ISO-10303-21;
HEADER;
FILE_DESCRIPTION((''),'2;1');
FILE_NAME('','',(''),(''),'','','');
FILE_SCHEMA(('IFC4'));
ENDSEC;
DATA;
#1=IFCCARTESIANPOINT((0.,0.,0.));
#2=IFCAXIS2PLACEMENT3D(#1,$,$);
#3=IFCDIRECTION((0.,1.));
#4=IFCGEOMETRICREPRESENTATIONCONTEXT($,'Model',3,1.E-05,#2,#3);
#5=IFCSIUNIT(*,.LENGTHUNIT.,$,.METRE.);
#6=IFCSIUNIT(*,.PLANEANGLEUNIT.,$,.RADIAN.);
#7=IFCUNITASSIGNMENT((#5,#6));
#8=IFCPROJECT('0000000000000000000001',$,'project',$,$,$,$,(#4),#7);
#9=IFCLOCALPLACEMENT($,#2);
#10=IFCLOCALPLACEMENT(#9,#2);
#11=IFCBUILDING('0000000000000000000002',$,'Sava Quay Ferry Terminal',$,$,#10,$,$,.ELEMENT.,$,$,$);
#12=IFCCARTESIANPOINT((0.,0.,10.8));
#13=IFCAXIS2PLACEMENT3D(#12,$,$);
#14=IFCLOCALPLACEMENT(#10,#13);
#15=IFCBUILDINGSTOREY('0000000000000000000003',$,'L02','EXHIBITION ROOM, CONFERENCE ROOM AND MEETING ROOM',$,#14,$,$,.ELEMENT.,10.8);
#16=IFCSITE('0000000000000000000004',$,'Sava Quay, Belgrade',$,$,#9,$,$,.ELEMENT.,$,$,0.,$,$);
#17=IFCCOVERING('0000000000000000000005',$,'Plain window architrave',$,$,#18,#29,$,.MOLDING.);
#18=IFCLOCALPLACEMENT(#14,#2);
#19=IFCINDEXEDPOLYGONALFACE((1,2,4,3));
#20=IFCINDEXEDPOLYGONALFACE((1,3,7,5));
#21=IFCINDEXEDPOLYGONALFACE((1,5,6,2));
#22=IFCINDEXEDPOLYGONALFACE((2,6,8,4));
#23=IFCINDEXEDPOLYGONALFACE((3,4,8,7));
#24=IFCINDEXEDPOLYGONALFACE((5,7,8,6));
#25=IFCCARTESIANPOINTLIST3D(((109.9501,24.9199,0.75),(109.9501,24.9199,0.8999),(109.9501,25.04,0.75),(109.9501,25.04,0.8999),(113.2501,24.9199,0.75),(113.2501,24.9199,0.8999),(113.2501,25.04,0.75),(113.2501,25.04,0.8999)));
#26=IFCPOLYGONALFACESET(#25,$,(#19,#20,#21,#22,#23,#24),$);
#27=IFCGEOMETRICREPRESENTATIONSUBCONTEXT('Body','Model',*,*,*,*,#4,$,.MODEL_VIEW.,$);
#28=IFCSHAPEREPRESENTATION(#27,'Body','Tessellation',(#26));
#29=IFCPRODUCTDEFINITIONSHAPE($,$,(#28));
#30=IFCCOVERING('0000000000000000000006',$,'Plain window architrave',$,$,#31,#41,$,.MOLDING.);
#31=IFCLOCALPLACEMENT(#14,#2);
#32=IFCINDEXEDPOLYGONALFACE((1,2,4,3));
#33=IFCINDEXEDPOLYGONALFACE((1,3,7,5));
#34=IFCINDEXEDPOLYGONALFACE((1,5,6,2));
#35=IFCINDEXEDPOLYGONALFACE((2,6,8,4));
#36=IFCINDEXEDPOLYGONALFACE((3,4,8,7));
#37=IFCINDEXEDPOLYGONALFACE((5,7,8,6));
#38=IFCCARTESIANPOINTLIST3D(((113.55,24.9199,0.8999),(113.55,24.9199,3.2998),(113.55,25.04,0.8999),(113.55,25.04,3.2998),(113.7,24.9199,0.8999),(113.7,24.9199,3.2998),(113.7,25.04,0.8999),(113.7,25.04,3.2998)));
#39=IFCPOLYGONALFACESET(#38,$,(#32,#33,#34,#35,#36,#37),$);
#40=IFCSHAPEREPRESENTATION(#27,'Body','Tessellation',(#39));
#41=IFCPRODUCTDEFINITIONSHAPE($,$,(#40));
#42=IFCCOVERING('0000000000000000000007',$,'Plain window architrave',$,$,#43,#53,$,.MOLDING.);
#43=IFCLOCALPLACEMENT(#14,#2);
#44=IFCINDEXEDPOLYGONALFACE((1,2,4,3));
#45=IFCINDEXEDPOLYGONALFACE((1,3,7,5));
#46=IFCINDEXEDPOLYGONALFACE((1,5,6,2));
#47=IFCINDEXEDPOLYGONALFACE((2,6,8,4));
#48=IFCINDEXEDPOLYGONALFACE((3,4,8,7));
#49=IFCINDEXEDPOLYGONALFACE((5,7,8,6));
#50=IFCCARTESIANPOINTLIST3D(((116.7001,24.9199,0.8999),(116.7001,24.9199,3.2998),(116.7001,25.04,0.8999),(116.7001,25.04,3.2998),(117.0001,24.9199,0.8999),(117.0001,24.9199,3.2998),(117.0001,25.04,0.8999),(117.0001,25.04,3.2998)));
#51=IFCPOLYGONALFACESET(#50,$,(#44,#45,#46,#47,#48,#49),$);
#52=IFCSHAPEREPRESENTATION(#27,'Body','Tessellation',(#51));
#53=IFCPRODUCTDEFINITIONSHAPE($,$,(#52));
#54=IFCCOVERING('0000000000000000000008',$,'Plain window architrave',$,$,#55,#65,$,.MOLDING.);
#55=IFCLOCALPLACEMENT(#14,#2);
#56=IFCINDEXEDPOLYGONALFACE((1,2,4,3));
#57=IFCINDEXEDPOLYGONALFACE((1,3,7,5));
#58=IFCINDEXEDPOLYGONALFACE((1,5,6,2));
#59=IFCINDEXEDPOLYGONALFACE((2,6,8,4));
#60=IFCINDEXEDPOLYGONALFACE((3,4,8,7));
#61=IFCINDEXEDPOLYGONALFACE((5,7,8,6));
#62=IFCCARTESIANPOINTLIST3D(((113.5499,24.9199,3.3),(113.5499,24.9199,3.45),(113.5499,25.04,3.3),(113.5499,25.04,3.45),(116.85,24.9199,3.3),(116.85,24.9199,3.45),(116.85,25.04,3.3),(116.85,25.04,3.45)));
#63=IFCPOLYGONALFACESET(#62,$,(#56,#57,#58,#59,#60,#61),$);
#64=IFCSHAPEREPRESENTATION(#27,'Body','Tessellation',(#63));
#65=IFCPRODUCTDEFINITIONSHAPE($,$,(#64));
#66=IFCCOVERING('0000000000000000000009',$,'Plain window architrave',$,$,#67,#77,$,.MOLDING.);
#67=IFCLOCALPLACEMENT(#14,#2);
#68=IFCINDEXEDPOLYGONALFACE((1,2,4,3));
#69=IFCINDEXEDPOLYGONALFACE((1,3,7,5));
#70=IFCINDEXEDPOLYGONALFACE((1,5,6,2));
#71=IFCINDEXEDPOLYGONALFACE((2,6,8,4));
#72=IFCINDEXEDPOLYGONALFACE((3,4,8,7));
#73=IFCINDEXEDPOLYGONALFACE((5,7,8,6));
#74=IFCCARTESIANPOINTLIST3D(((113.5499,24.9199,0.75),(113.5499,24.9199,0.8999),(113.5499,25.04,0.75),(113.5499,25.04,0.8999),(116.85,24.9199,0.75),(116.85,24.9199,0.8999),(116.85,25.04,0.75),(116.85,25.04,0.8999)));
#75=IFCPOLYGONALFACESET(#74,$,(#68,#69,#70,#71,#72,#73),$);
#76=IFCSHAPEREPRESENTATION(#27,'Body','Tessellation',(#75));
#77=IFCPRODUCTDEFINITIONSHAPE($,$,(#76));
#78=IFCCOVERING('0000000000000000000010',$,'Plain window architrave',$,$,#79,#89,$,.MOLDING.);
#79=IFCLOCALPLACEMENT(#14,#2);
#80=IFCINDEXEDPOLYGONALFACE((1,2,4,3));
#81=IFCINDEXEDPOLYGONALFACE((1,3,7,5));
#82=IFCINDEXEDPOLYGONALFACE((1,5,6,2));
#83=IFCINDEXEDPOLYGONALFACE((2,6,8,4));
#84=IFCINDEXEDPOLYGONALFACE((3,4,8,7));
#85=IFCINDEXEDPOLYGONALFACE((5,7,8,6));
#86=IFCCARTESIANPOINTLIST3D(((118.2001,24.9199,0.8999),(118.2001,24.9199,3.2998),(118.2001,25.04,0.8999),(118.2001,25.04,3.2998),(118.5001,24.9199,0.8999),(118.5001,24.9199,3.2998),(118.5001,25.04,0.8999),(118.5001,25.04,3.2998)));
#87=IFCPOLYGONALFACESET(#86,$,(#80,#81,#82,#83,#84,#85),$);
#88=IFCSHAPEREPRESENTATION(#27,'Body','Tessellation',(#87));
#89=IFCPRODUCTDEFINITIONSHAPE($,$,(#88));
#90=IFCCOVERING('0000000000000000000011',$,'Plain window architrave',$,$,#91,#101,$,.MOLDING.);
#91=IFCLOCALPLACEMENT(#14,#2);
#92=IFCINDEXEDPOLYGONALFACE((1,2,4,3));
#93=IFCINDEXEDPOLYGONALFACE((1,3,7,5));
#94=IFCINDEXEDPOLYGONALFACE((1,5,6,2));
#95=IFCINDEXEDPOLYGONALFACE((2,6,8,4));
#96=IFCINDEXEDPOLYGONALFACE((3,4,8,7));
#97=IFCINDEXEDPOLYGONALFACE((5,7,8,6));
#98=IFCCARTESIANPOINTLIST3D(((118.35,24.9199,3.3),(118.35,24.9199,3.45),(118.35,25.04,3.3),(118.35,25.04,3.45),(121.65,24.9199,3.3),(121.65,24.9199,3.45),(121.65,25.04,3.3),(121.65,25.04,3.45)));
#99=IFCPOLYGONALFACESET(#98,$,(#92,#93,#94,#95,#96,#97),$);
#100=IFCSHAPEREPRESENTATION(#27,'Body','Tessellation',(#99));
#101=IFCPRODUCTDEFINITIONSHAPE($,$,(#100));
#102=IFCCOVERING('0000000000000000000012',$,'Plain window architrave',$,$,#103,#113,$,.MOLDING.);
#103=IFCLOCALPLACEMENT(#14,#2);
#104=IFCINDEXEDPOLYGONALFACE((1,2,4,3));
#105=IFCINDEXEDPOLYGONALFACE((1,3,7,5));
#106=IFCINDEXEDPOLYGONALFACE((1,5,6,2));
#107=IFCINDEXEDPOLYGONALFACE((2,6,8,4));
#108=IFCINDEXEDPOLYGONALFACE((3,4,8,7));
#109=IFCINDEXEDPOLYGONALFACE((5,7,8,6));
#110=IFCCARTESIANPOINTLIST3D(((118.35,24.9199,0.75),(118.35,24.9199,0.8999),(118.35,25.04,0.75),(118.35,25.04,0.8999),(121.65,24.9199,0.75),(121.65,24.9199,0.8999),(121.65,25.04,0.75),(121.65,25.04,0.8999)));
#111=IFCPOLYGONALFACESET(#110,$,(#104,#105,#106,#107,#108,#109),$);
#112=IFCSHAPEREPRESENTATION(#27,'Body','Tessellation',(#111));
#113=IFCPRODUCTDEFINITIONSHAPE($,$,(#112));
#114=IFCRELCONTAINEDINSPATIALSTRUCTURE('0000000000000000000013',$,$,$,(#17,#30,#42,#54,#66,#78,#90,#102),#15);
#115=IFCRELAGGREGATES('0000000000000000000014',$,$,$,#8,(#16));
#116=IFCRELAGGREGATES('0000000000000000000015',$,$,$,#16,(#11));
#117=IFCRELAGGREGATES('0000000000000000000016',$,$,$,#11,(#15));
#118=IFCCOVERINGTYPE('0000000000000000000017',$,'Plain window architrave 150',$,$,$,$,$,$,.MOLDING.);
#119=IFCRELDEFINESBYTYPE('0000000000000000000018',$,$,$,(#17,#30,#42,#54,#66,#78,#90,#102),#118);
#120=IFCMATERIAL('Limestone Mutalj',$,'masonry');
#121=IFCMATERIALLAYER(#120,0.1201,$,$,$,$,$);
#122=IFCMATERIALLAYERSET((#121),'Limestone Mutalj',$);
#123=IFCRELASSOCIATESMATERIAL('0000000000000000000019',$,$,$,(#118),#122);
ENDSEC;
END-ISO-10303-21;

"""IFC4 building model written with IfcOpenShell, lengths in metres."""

from ifc_helpers import new_model, si_unit, direction, frame, origin, origin_2d, place, context, subcontext, project, spatial, rectangle, extrude, material, layer, layer_set, type_object, element, save


model = new_model("IFC4")

# Units and contexts
model_context = context("Model", 3, precision=1e-05, world=origin(), true_north=direction((0.0, 1.0)))
body_context = subcontext(model_context, "Body", "Model", "MODEL_VIEW")
ifc_project = project(units=[si_unit("LENGTHUNIT", "METRE"), si_unit("PLANEANGLEUNIT", "RADIAN")], contexts=[model_context])

# Site, building, storey
site_placement = place(None, origin())
site = spatial("IfcSite", under=ifc_project, at=site_placement, Name="Sava Quay, Belgrade", CompositionType="ELEMENT", RefElevation=0.0)
building_placement = place(site_placement, origin())
building = spatial("IfcBuilding", under=site, at=building_placement, Name="Sava Quay Ferry Terminal", CompositionType="ELEMENT")
storey_placement = place(building_placement, frame((0.0, 0.0, 10.8)))
storey = spatial("IfcBuildingStorey", under=building, at=storey_placement, Name="L02", Description="EXHIBITION ROOM, CONFERENCE ROOM AND MEETING ROOM", CompositionType="ELEMENT", Elevation=10.8)

# Coverings
ifc_material_1 = material(Name="Limestone Mutalj", Category="masonry")
ifc_layer_1 = layer(ifc_material_1, 0.1201)
ifc_layer_set_1 = layer_set([ifc_layer_1], Name="Limestone Mutalj")
covering_type_1 = type_object("IfcCoveringType", Name="Plain window architrave 150", PredefinedType="MOLDING", material=ifc_layer_set_1)
for number, where, z_axis, x_axis, name in (
    (1, (111.6001, 24.98, 0.75), (0.0, 0.0, 1.0), (1.0, 0.0, 0.0), "Plain window architrave"),
):
    element("IfcCovering", number, at=place(storey_placement, frame(where, z_axis=z_axis, x_axis=x_axis)), inside=storey, type_object=covering_type_1, Name=name, PredefinedType="MOLDING", context=body_context, shape_type="SweptSolid", body=[
        extrude(rectangle(XDim=3.3, YDim=0.1201, at=origin_2d()), origin(), (0.0, 0.0, 1.0), 0.1499),
    ])
covering_1_placement = place(storey_placement, frame((113.625, 24.98, 0.8999), z_axis=(0.0, 0.0, 1.0), x_axis=(1.0, 0.0, 0.0)))
element("IfcCovering", 2, at=covering_1_placement, inside=storey, type_object=covering_type_1, Name="Plain window architrave", PredefinedType="MOLDING", context=body_context, shape_type="SweptSolid", body=[
    extrude(rectangle(XDim=0.1499, YDim=0.1201, at=origin_2d()), origin(), (0.0, 0.0, 1.0), 2.3999),
])
covering_2_placement = place(storey_placement, frame((116.8501, 24.98, 0.8999), z_axis=(0.0, 0.0, 1.0), x_axis=(1.0, 0.0, 0.0)))
element("IfcCovering", 3, at=covering_2_placement, inside=storey, type_object=covering_type_1, Name="Plain window architrave", PredefinedType="MOLDING", context=body_context, shape_type="SweptSolid", body=[
    extrude(rectangle(XDim=0.3, YDim=0.1201, at=origin_2d()), origin(), (0.0, 0.0, 1.0), 2.3999),
])
for number, where, z_axis, x_axis, name in (
    (4, (115.2, 24.98, 3.3), (0.0, 0.0, 1.0), (1.0, 0.0, 0.0), "Plain window architrave"),
    (5, (115.2, 24.98, 0.75), (0.0, 0.0, 1.0), (1.0, 0.0, 0.0), "Plain window architrave"),
):
    element("IfcCovering", number, at=place(storey_placement, frame(where, z_axis=z_axis, x_axis=x_axis)), inside=storey, type_object=covering_type_1, Name=name, PredefinedType="MOLDING", context=body_context, shape_type="SweptSolid", body=[
        extrude(rectangle(XDim=3.3, YDim=0.1201, at=origin_2d()), origin(), (0.0, 0.0, 1.0), 0.1499),
    ])
covering_3_placement = place(storey_placement, frame((118.3501, 24.98, 0.8999), z_axis=(0.0, 0.0, 1.0), x_axis=(1.0, 0.0, 0.0)))
element("IfcCovering", 6, at=covering_3_placement, inside=storey, type_object=covering_type_1, Name="Plain window architrave", PredefinedType="MOLDING", context=body_context, shape_type="SweptSolid", body=[
    extrude(rectangle(XDim=0.3, YDim=0.1201, at=origin_2d()), origin(), (0.0, 0.0, 1.0), 2.3999),
])
for number, where, z_axis, x_axis, name in (
    (7, (120.0, 24.98, 3.3), (0.0, 0.0, 1.0), (1.0, 0.0, 0.0), "Plain window architrave"),
    (8, (120.0, 24.98, 0.75), (0.0, 0.0, 1.0), (1.0, 0.0, 0.0), "Plain window architrave"),
):
    element("IfcCovering", number, at=place(storey_placement, frame(where, z_axis=z_axis, x_axis=x_axis)), inside=storey, type_object=covering_type_1, Name=name, PredefinedType="MOLDING", context=body_context, shape_type="SweptSolid", body=[
        extrude(rectangle(XDim=3.3, YDim=0.1201, at=origin_2d()), origin(), (0.0, 0.0, 1.0), 0.1499),
    ])

save(model, "model.ifc")
